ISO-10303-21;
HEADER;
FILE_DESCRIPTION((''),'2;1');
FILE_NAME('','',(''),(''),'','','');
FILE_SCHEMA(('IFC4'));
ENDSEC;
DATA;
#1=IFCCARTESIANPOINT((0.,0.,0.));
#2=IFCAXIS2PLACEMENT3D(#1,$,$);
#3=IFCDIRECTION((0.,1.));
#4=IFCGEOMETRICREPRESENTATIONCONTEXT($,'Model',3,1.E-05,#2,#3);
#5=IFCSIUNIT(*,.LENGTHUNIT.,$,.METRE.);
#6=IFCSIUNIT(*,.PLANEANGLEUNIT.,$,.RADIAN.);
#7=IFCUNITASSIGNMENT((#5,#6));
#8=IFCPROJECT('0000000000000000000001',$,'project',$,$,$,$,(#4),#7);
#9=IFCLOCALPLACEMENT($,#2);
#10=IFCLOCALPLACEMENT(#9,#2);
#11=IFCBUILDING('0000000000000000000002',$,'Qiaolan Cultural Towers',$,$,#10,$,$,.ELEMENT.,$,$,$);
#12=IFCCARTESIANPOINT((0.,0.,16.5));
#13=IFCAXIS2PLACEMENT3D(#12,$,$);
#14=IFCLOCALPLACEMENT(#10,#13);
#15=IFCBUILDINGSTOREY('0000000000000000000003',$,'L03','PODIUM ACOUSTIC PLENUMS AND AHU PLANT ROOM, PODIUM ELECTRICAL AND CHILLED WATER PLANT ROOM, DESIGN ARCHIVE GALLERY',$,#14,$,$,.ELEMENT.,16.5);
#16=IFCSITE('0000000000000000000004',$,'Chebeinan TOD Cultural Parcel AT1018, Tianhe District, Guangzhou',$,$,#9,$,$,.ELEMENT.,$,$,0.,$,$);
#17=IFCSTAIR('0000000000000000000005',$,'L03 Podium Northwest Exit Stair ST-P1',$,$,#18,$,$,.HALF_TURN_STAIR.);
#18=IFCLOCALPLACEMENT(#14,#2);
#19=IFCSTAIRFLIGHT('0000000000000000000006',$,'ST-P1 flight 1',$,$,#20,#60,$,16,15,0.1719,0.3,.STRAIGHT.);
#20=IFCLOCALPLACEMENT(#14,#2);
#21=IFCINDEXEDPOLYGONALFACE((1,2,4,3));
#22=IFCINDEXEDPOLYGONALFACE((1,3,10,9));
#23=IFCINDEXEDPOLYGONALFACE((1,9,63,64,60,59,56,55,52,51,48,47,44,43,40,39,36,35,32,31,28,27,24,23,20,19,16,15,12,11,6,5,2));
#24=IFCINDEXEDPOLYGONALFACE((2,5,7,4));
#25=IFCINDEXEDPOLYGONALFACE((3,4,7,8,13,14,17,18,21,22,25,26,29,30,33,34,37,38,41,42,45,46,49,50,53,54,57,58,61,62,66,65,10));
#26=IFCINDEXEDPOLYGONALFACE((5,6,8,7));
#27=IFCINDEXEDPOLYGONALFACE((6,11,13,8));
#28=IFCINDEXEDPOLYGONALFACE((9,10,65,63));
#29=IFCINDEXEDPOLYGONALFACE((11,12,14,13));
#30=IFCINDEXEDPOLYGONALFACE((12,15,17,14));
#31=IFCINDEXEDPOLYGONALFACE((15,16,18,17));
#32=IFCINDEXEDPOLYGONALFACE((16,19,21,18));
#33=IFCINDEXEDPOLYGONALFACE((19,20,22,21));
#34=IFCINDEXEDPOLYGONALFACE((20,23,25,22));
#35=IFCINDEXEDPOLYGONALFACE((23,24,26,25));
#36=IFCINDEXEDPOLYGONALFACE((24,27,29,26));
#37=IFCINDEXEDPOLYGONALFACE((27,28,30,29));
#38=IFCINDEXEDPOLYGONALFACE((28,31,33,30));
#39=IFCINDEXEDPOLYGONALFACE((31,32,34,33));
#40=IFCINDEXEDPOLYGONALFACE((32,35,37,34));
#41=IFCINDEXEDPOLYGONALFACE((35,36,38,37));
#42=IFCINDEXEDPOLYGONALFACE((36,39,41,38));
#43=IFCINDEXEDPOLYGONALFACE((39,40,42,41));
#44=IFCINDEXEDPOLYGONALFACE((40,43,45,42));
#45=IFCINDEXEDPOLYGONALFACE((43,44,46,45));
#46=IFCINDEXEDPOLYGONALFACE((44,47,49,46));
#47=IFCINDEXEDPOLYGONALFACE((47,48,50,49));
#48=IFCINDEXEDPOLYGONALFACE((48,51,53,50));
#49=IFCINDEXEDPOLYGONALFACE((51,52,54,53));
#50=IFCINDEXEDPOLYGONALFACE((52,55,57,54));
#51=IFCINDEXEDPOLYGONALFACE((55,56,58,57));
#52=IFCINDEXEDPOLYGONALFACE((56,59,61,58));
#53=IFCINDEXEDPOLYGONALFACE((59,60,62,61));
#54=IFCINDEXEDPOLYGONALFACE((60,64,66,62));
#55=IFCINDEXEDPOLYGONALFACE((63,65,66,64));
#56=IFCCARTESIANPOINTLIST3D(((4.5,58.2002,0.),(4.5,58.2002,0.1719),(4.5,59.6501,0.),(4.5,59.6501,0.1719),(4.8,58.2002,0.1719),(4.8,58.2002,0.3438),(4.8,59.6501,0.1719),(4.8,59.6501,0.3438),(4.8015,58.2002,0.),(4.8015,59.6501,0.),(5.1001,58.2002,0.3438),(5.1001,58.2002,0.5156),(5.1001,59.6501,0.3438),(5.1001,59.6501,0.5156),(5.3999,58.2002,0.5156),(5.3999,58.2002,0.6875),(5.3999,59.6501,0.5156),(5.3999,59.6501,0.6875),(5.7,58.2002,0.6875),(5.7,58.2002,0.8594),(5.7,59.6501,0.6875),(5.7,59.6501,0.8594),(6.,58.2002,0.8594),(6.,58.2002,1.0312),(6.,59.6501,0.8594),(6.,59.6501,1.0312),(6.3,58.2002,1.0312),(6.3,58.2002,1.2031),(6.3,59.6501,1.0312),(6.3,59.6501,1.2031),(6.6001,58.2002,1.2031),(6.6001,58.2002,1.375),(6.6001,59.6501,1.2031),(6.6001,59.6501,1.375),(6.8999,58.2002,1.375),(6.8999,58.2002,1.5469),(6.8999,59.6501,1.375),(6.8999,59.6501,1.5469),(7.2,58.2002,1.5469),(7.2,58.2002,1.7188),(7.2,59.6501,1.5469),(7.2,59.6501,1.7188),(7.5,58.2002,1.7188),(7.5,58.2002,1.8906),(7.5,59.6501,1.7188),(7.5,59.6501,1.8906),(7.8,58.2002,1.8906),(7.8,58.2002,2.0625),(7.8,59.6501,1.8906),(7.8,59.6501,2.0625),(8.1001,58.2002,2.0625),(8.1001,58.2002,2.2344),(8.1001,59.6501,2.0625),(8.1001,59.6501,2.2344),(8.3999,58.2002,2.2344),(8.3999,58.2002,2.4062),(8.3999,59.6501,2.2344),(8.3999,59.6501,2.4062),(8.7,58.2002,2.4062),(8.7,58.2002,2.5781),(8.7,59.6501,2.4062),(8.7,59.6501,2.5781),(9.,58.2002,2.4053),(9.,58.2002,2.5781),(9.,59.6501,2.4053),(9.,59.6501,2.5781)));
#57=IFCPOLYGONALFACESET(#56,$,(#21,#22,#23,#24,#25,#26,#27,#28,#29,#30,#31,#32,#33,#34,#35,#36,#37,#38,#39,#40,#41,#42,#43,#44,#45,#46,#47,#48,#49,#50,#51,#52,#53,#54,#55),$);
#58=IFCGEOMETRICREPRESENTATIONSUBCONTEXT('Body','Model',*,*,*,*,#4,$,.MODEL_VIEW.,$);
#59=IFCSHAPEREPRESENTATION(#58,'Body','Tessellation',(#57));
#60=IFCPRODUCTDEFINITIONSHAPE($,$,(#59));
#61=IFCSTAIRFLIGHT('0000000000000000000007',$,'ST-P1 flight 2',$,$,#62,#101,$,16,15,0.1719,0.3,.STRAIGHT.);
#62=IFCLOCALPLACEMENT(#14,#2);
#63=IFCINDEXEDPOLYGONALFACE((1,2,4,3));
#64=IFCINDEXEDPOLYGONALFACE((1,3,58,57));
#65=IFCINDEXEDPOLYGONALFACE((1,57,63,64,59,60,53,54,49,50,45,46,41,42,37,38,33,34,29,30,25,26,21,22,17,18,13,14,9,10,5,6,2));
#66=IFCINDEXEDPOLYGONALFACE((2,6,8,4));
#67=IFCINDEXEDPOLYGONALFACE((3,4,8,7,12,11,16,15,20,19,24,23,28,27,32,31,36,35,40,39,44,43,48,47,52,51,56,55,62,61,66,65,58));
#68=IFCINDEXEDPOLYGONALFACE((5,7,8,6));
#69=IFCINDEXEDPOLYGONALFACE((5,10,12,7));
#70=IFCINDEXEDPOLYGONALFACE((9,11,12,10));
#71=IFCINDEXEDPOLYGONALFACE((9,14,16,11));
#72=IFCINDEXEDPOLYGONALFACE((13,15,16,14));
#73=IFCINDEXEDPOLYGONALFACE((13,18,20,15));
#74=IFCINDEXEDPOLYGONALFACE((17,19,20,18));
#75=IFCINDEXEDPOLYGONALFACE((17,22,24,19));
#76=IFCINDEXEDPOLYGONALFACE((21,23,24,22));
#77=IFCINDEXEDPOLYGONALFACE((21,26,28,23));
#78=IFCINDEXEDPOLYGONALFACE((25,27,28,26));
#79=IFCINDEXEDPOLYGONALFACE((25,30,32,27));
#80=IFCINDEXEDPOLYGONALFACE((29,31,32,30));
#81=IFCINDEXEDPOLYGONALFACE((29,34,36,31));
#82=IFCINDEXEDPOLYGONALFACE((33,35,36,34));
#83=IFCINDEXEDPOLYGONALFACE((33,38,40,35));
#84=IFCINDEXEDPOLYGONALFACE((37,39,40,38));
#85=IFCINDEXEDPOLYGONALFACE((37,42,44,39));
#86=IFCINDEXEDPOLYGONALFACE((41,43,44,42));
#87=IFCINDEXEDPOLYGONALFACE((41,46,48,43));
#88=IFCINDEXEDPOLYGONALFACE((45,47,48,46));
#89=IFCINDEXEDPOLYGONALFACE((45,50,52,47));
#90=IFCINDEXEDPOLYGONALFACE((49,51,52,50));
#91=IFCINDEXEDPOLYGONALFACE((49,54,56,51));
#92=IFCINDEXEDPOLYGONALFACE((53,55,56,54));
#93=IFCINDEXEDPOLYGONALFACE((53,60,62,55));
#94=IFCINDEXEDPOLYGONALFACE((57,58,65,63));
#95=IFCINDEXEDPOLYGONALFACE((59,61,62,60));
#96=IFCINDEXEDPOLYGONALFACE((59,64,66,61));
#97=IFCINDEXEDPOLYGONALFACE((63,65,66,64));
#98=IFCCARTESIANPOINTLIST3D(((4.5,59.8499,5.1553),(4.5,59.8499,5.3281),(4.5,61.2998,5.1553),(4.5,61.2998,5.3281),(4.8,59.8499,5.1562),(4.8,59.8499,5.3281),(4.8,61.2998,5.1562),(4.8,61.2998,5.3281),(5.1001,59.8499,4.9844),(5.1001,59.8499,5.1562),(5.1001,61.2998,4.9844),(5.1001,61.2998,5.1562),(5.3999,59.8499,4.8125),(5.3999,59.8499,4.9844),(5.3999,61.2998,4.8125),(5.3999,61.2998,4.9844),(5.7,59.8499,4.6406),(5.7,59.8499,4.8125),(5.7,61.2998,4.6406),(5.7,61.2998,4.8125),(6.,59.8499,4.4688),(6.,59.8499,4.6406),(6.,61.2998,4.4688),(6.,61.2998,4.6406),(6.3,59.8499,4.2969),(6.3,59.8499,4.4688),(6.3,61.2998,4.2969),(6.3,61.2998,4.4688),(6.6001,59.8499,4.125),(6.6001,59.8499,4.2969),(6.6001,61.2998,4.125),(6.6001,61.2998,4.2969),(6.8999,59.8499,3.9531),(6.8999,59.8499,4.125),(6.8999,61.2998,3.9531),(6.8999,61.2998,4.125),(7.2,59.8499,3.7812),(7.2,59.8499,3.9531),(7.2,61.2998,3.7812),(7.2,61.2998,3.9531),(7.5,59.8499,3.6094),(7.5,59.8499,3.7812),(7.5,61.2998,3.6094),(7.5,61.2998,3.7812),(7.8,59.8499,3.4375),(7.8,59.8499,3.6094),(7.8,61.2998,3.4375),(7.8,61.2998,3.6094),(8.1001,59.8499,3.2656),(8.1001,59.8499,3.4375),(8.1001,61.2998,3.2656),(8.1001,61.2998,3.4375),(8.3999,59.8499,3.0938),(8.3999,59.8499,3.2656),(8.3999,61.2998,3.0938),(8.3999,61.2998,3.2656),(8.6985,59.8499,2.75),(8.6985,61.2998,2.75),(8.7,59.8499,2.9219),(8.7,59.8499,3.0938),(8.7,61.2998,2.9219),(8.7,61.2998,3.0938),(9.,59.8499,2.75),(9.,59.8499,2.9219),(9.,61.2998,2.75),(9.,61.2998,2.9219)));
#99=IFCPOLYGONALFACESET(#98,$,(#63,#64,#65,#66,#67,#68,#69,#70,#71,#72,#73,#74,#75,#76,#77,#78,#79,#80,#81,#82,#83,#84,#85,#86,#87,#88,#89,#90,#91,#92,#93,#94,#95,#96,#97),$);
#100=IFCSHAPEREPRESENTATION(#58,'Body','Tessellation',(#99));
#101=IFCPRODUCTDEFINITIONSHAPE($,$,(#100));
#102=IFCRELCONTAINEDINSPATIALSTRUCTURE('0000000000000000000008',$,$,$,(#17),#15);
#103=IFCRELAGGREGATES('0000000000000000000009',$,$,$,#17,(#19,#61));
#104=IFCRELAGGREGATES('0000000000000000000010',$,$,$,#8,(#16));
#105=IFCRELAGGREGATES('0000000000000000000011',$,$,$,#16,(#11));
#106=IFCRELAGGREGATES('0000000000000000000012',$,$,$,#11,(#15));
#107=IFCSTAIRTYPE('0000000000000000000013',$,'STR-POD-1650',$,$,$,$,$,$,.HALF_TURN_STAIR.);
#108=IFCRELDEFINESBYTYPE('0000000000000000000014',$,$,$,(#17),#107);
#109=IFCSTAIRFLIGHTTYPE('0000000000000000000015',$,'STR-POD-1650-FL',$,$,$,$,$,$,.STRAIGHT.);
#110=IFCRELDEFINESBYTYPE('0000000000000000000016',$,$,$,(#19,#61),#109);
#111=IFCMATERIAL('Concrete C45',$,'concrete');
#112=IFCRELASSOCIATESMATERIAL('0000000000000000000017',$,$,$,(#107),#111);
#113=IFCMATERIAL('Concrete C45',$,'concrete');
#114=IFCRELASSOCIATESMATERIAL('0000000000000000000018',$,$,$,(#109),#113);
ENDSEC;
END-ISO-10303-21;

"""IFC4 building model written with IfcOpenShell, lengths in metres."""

from ifc_helpers import new_model, si_unit, direction, frame, origin, place, context, subcontext, project, spatial, polyline, outline, extrude, material, type_object, element, aggregate, save


model = new_model("IFC4")

# Units and contexts
model_context = context("Model", 3, precision=1e-05, world=origin(), true_north=direction((0.0, 1.0)))
body_context = subcontext(model_context, "Body", "Model", "MODEL_VIEW")
ifc_project = project(units=[si_unit("LENGTHUNIT", "METRE"), si_unit("PLANEANGLEUNIT", "RADIAN")], contexts=[model_context])

# Site, building, storey
site_placement = place(None, origin())
site = spatial("IfcSite", under=ifc_project, at=site_placement, Name="Chebeinan TOD Cultural Parcel AT1018, Tianhe District, Guangzhou", CompositionType="ELEMENT", RefElevation=0.0)
building_placement = place(site_placement, origin())
building = spatial("IfcBuilding", under=site, at=building_placement, Name="Qiaolan Cultural Towers", CompositionType="ELEMENT")
storey_placement = place(building_placement, frame((0.0, 0.0, 16.5)))
storey = spatial("IfcBuildingStorey", under=building, at=storey_placement, Name="L03", Description="PODIUM ACOUSTIC PLENUMS AND AHU PLANT ROOM, PODIUM ELECTRICAL AND CHILLED WATER PLANT ROOM, DESIGN ARCHIVE GALLERY", CompositionType="ELEMENT", Elevation=16.5)

# Stair, stair flights
ifc_material_1 = material(Name="Concrete C45", Category="concrete")
stair_type = type_object("IfcStairType", Name="STR-POD-1650", PredefinedType="HALF_TURN_STAIR", material=ifc_material_1)
stair_placement = place(storey_placement, origin())
stair = element("IfcStair", 1, at=stair_placement, inside=storey, type_object=stair_type, Name="L03 Podium Northwest Exit Stair ST-P1", PredefinedType="HALF_TURN_STAIR")
ifc_material_2 = material(Name="Concrete C45", Category="concrete")
stair_flight_type = type_object("IfcStairFlightType", Name="STR-POD-1650-FL", PredefinedType="STRAIGHT", material=ifc_material_2)
stair_flight_1_placement = place(storey_placement, frame((4.5, 58.925, 0.0), z_axis=(0.0, 0.0, 1.0), x_axis=(1.0, 0.0, 0.0)))
stair_flight_1 = element("IfcStairFlight", 2, at=stair_flight_1_placement, type_object=stair_flight_type, Name="ST-P1 flight 1", NumberOfRisers=16, NumberOfTreads=15, PredefinedType="STRAIGHT", RiserHeight=0.1719, TreadLength=0.3, context=body_context, shape_type="SweptSolid", body=[
    extrude(outline(polyline([(0.0, 0.0), (0.0, 0.1719), (0.3, 0.1719), (0.3, 0.3438), (0.6001, 0.3438), (0.6001, 0.5156), (0.8999, 0.5156), (0.8999, 0.6875), (1.2, 0.6875), (1.2, 0.8594), (1.5, 0.8594), (1.5, 1.0312), (1.8, 1.0312), (1.8, 1.2031), (2.1001, 1.2031), (2.1001, 1.375), (2.3999, 1.375), (2.3999, 1.5469), (2.7, 1.5469), (2.7, 1.7188), (3.0, 1.7188), (3.0, 1.8906), (3.3, 1.8906), (3.3, 2.0625), (3.6001, 2.0625), (3.6001, 2.2344), (3.8999, 2.2344), (3.8999, 2.4062), (4.2, 2.4062), (4.2, 2.5781), (4.5, 2.5781), (4.5, 2.75), (4.5, 2.4053), (0.3015, 0.0), (0.0, 0.0)])), frame((0.0, 0.7251, 0.0), z_axis=(0.0, -1.0, 0.0), x_axis=(1.0, 0.0, 0.0)), (0.0, 0.0, 1.0), 1.45),
])
stair_flight_2_placement = place(storey_placement, frame((9.0, 60.575, 2.75), z_axis=(0.0, 0.0, 1.0), x_axis=(-1.0, 0.0, 0.0)))
stair_flight_2 = element("IfcStairFlight", 3, at=stair_flight_2_placement, type_object=stair_flight_type, Name="ST-P1 flight 2", NumberOfRisers=16, NumberOfTreads=15, PredefinedType="STRAIGHT", RiserHeight=0.1719, TreadLength=0.3, context=body_context, shape_type="SweptSolid", body=[
    extrude(outline(polyline([(0.0, 0.0), (0.0, 0.1719), (0.3, 0.1719), (0.3, 0.3438), (0.6001, 0.3438), (0.6001, 0.5156), (0.8999, 0.5156), (0.8999, 0.6875), (1.2, 0.6875), (1.2, 0.8594), (1.5, 0.8594), (1.5, 1.0312), (1.8, 1.0312), (1.8, 1.2031), (2.1001, 1.2031), (2.1001, 1.375), (2.3999, 1.375), (2.3999, 1.5469), (2.7, 1.5469), (2.7, 1.7188), (3.0, 1.7188), (3.0, 1.8906), (3.3, 1.8906), (3.3, 2.0625), (3.6001, 2.0625), (3.6001, 2.2344), (3.8999, 2.2344), (3.8999, 2.4062), (4.2, 2.4062), (4.2, 2.5781), (4.5, 2.5781), (4.5, 2.75), (4.5, 2.4053), (0.3015, 0.0), (0.0, 0.0)])), frame((0.0, 0.7251, 0.0), z_axis=(0.0, -1.0, 0.0), x_axis=(1.0, 0.0, 0.0)), (0.0, 0.0, 1.0), 1.45),
])
aggregate(stair, [stair_flight_1, stair_flight_2])

save(model, "model.ifc")
